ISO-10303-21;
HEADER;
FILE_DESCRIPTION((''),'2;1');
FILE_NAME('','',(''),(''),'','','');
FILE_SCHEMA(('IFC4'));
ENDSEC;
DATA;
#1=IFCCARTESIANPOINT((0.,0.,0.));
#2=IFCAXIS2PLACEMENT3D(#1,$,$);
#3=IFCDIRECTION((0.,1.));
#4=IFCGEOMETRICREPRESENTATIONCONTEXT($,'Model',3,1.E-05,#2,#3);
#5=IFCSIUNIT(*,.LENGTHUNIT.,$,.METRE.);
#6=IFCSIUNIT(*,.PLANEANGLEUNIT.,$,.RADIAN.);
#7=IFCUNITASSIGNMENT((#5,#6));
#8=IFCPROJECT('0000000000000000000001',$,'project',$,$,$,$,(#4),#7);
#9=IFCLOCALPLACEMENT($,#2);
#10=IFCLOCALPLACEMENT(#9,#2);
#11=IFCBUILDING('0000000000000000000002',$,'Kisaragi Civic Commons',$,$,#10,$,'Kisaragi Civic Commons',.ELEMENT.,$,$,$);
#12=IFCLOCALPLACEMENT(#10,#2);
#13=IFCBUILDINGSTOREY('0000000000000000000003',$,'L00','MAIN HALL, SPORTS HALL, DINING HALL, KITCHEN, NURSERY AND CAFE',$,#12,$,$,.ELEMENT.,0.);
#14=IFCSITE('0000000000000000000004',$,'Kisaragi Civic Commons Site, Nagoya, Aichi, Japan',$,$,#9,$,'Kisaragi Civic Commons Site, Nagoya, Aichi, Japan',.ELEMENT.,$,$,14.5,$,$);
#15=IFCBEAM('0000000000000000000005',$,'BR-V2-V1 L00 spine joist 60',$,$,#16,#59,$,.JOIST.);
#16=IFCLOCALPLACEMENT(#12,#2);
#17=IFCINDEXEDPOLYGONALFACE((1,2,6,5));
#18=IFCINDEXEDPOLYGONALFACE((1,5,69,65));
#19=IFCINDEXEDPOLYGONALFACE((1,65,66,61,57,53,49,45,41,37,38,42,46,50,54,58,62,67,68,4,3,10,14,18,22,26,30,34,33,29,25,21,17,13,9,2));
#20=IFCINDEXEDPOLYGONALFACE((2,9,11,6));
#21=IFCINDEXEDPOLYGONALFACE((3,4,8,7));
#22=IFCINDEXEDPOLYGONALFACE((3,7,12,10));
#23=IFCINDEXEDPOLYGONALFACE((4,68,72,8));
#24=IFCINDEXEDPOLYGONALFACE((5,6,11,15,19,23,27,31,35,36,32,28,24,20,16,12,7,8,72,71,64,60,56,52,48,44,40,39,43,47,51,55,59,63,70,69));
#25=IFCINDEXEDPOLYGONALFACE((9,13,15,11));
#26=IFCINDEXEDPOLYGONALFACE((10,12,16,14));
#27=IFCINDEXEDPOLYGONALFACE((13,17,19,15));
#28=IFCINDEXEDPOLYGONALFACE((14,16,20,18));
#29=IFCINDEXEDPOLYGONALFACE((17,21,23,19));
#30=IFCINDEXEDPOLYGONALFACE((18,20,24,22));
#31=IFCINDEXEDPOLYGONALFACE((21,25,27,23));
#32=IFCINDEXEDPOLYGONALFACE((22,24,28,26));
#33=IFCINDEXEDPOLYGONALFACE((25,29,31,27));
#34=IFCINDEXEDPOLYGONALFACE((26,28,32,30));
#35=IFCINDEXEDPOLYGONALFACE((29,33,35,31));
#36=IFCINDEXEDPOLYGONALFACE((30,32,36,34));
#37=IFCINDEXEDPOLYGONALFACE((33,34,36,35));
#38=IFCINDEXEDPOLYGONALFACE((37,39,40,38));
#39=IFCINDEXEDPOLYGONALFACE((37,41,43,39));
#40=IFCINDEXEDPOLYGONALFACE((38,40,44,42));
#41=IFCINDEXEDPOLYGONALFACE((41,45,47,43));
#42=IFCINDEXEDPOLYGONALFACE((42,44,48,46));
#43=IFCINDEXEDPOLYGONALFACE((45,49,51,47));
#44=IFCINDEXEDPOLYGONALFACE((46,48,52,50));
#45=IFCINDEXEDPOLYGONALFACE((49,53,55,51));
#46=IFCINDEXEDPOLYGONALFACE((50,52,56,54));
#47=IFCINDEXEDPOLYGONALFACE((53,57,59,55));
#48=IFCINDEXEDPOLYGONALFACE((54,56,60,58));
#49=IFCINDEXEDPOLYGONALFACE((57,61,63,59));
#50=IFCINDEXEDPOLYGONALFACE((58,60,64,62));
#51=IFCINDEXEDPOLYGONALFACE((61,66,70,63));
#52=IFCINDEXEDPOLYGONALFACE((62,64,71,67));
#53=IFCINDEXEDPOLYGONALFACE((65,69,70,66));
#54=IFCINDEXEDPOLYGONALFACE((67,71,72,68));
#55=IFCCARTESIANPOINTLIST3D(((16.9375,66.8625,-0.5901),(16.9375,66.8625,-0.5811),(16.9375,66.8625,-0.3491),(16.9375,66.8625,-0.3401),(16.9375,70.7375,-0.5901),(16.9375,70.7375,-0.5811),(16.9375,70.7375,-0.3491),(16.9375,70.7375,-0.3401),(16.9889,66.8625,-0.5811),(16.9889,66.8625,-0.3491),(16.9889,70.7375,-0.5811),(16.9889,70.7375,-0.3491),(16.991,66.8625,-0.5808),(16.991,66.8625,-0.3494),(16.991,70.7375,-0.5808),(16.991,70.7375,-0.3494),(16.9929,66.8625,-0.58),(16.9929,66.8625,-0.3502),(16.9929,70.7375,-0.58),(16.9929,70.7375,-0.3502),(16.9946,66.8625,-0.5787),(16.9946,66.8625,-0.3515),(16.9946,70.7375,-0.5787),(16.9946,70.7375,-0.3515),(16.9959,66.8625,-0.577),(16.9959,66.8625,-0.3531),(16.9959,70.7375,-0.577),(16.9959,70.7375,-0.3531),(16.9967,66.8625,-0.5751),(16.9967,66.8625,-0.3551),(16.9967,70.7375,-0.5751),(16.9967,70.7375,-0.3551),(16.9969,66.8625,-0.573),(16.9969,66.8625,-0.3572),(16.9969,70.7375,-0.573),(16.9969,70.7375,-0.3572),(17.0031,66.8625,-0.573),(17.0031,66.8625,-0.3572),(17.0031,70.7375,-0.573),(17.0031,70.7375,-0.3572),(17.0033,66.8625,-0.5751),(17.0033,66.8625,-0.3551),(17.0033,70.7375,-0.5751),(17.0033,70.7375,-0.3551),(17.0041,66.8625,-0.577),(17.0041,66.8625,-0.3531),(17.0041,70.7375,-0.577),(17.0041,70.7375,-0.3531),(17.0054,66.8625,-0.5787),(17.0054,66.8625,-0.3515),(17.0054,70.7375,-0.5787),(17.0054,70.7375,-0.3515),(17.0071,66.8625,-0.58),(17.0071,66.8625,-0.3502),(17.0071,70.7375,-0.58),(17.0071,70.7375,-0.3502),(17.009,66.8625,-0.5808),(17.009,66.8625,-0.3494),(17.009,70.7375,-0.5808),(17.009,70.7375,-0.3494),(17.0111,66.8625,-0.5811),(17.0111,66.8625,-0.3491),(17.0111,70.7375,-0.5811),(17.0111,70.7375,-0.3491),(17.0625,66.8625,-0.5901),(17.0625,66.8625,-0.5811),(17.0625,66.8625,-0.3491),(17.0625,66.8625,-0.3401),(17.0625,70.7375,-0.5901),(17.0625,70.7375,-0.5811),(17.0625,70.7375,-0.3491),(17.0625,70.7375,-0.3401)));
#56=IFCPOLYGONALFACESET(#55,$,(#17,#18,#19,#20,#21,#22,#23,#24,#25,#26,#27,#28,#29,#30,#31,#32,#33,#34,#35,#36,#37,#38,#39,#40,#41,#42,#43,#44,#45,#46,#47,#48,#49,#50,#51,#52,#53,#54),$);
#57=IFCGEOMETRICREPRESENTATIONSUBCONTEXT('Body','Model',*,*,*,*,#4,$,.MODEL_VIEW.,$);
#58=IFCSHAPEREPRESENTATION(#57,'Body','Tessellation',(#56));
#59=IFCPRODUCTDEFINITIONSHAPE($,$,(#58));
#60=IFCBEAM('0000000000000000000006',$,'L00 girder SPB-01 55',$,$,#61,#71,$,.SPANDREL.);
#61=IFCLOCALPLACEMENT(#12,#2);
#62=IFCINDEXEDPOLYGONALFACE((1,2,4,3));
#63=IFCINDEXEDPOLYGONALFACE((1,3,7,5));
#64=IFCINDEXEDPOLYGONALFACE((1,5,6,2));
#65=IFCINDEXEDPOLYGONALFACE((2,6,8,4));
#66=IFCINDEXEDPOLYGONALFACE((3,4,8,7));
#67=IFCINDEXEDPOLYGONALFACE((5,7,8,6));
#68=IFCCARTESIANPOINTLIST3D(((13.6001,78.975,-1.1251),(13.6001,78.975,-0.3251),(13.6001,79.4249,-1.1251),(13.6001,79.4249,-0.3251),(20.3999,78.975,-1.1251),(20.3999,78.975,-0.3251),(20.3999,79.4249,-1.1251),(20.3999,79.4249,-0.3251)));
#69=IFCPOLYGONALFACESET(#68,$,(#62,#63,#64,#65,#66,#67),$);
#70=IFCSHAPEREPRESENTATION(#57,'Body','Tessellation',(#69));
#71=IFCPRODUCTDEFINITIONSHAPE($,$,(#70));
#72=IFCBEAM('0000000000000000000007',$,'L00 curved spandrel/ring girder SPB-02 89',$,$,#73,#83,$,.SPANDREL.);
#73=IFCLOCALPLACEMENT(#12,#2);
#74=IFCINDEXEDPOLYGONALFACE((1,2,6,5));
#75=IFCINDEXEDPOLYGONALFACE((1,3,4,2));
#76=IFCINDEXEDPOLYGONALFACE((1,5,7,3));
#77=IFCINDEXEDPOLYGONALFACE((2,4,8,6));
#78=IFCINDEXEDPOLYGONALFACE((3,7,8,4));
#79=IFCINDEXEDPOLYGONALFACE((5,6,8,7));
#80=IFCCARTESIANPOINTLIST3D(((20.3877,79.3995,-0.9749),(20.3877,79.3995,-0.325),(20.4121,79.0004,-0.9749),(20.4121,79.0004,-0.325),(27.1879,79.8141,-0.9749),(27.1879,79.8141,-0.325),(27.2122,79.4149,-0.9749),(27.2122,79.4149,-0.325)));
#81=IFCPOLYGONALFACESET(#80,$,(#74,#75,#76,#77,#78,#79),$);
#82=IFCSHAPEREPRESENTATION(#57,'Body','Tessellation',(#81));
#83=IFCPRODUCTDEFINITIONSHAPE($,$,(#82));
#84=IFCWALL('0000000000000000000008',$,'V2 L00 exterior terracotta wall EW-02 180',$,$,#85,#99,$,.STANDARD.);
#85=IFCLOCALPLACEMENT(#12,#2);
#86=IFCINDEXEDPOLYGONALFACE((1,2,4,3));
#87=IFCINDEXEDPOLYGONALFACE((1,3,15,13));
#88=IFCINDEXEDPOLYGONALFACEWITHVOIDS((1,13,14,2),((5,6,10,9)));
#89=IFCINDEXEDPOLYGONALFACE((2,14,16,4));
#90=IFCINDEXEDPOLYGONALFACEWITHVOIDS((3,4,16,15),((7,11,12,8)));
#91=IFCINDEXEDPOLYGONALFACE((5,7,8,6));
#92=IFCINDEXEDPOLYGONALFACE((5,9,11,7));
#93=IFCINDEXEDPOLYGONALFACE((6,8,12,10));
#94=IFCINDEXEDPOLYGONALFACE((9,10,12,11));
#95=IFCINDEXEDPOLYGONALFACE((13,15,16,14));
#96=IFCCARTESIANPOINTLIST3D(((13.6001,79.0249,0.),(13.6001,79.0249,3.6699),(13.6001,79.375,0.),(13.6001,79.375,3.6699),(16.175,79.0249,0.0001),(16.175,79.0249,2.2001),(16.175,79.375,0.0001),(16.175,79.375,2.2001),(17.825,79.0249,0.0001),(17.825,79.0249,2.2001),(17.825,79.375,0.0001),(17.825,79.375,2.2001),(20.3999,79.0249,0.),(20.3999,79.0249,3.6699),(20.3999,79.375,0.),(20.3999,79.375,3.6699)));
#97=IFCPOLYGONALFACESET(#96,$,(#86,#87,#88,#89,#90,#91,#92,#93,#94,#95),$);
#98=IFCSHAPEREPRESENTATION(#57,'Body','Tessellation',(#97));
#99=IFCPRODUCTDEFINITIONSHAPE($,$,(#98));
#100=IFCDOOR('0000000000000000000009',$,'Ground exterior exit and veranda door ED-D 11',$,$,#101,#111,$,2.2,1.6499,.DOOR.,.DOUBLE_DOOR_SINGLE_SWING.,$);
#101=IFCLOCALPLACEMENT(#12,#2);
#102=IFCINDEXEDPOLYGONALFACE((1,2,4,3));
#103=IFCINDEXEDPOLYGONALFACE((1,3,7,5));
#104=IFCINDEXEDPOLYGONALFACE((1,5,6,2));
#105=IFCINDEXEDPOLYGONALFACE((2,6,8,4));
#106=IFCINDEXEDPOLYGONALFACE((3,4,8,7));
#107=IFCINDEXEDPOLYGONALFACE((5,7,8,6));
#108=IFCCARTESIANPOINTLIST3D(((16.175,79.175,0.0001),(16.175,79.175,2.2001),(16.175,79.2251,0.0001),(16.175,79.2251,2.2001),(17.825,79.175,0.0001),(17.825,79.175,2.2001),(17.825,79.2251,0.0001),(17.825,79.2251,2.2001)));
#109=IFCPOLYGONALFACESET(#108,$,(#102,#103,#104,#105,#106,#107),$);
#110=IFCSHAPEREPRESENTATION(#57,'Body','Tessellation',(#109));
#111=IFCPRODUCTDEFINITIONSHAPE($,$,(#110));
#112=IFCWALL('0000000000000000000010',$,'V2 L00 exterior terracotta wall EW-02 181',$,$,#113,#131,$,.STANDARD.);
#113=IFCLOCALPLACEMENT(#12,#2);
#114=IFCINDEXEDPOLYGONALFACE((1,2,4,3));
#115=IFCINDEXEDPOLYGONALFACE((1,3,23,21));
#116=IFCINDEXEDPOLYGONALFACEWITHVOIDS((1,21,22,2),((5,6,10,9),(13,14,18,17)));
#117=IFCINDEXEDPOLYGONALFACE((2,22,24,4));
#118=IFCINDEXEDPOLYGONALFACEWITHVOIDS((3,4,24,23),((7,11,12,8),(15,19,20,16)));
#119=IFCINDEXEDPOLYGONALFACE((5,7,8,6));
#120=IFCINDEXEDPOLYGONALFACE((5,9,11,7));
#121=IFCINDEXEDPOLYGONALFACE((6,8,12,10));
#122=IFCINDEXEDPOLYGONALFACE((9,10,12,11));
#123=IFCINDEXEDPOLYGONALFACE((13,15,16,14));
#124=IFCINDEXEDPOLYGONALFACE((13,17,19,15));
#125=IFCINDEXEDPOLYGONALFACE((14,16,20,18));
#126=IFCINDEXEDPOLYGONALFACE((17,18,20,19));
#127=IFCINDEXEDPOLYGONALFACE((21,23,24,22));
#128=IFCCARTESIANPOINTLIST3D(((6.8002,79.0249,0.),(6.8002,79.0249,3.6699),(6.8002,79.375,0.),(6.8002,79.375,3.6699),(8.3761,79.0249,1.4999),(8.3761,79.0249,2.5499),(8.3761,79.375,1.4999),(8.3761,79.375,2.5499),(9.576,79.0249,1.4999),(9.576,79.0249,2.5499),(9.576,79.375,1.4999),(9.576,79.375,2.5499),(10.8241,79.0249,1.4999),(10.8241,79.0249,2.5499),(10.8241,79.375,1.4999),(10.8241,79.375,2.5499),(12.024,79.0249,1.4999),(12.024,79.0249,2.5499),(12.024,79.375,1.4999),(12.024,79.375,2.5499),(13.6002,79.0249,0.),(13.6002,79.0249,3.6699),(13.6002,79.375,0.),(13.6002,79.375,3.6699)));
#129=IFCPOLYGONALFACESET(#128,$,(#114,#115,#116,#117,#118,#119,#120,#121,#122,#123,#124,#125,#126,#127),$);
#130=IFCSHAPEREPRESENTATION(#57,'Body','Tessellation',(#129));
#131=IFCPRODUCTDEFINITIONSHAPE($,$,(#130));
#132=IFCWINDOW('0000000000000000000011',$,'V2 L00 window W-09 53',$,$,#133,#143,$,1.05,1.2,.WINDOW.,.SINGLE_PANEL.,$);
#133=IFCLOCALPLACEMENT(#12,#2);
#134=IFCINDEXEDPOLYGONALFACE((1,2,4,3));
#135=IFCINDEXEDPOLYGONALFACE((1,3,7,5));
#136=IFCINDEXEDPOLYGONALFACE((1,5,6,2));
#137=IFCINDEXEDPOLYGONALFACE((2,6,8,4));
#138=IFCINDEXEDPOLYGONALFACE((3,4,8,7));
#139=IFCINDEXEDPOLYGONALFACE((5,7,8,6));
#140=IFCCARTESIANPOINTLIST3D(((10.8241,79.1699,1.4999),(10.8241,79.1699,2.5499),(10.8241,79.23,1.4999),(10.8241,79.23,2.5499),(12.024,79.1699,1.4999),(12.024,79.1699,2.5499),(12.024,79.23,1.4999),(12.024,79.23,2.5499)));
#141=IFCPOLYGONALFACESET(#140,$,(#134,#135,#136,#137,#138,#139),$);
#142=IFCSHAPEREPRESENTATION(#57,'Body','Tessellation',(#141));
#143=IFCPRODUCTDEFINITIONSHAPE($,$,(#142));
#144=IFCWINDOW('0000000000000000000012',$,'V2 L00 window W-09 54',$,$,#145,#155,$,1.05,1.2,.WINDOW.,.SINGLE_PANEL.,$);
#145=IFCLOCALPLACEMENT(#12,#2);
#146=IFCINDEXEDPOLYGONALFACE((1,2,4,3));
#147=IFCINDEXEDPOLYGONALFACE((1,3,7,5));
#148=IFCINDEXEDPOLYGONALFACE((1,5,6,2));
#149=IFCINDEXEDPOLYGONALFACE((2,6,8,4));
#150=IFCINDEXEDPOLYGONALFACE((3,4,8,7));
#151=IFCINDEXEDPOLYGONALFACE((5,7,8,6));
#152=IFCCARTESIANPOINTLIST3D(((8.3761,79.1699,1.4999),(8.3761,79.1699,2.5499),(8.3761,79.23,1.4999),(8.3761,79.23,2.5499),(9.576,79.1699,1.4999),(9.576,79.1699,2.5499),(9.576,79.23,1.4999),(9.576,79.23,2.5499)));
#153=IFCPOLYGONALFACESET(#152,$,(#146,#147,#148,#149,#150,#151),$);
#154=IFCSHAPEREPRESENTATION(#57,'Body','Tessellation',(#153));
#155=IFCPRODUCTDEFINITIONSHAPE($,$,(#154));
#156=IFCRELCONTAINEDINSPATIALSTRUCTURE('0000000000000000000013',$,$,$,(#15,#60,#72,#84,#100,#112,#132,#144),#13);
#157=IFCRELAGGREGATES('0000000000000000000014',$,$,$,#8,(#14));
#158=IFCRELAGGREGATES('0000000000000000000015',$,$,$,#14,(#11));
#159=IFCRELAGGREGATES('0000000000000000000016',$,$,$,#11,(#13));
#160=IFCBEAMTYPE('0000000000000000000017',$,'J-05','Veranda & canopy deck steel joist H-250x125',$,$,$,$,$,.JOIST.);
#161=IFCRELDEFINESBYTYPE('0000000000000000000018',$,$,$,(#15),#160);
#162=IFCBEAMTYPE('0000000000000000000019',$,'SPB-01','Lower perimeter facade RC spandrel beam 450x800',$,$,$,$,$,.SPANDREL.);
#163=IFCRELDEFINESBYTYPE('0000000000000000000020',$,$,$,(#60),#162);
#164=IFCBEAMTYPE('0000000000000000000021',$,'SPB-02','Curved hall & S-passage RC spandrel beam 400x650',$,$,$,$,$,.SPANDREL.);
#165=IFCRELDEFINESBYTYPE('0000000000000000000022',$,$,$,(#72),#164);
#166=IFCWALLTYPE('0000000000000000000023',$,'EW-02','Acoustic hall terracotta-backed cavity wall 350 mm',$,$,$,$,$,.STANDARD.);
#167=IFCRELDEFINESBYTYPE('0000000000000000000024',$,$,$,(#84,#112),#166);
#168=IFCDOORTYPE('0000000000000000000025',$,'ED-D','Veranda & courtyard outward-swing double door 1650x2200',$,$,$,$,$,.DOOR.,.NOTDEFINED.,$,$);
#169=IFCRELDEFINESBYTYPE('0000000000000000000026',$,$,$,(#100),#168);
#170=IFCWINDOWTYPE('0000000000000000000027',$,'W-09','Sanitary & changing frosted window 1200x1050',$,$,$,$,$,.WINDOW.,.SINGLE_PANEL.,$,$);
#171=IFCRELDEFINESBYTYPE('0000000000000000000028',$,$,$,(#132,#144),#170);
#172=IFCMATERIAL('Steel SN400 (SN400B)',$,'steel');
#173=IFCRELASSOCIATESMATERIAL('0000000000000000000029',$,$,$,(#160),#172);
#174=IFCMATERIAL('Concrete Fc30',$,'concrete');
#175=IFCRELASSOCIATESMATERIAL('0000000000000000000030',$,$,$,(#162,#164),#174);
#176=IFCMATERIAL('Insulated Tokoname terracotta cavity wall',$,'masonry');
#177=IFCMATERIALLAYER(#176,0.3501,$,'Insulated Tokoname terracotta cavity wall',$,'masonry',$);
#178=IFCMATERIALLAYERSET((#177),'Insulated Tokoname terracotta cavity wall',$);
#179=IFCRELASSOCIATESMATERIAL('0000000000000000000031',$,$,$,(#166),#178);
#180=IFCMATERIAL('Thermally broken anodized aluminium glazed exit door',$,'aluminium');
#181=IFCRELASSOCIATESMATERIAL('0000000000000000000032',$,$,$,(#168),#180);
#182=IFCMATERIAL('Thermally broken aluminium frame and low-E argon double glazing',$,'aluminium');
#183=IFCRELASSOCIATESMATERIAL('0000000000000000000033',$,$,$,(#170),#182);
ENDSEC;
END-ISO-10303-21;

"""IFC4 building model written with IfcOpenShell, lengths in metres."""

from ifc_helpers import new_model, si_unit, direction, frame, frame_2d, origin, origin_2d, place, context, subcontext, project, spatial, rectangle, i_section, extrude, material, layer, layer_set, material_profile, profile_set, type_object, element, fill, save


model = new_model("IFC4")

# Units and contexts
model_context = context("Model", 3, precision=1e-05, world=origin(), true_north=direction((0.0, 1.0)))
body_context = subcontext(model_context, "Body", "Model", "MODEL_VIEW")
ifc_project = project(units=[si_unit("LENGTHUNIT", "METRE"), si_unit("PLANEANGLEUNIT", "RADIAN")], contexts=[model_context])

# Site, building, storey
site_placement = place(None, origin())
site = spatial("IfcSite", under=ifc_project, at=site_placement, Name="Kisaragi Civic Commons Site, Nagoya, Aichi, Japan", LongName="Kisaragi Civic Commons Site, Nagoya, Aichi, Japan", CompositionType="ELEMENT", RefElevation=14.5)
building_placement = place(site_placement, origin())
building = spatial("IfcBuilding", under=site, at=building_placement, Name="Kisaragi Civic Commons", LongName="Kisaragi Civic Commons", CompositionType="ELEMENT")
storey_placement = place(building_placement, origin())
storey = spatial("IfcBuildingStorey", under=building, at=storey_placement, Name="L00", Description="MAIN HALL, SPORTS HALL, DINING HALL, KITCHEN, NURSERY AND CAFE", CompositionType="ELEMENT", Elevation=0.0)

# Shared definitions
ifc_material_1 = material(Name="Concrete Fc30", Category="concrete")

# Beams
ifc_material_2 = material(Name="Steel SN400 (SN400B)", Category="steel")
ifc_material_profile_1 = material_profile(ifc_material_2, i_section(OverallWidth=0.125, OverallDepth=0.25, WebThickness=0.0061, FlangeThickness=0.009, FilletRadius=0.0081, at=origin_2d()), Name="H-250x125x6x9", Category="steel")
ifc_profile_set_1 = profile_set([ifc_material_profile_1], Name="Steel SN400 (SN400B)")
beam_type_1 = type_object("IfcBeamType", Name="J-05", Description="Veranda & canopy deck steel joist H-250x125", PredefinedType="JOIST", material=ifc_profile_set_1)
beam_1_placement = place(storey_placement, frame((17.0, 70.7375, -0.4651), z_axis=(0.0, -1.0, 0.0), x_axis=(1.0, 0.0, 0.0)))
element("IfcBeam", 1, at=beam_1_placement, inside=storey, type_object=beam_type_1, Name="BR-V2-V1 L00 spine joist 60", PredefinedType="JOIST", context=body_context, shape_type="SweptSolid", body=[
    extrude(i_section(OverallWidth=0.125, OverallDepth=0.25, WebThickness=0.0061, FlangeThickness=0.009, FilletRadius=0.0081, at=origin_2d()), origin(), (0.0, 0.0, 1.0), 3.875),
])
ifc_material_profile_2 = material_profile(ifc_material_1, rectangle(XDim=0.45, YDim=0.8, at=origin_2d()), Name="RC-450x800", Category="concrete")
ifc_profile_set_2 = profile_set([ifc_material_profile_2], Name="Concrete Fc30")
beam_type_2 = type_object("IfcBeamType", Name="SPB-01", Description="Lower perimeter facade RC spandrel beam 450x800", PredefinedType="SPANDREL", material=ifc_profile_set_2)
beam_2_placement = place(storey_placement, frame((13.6001, 79.2, -0.7251), z_axis=(1.0, 0.0, 0.0), x_axis=(0.0, 1.0, 0.0)))
element("IfcBeam", 2, at=beam_2_placement, inside=storey, type_object=beam_type_2, Name="L00 girder SPB-01 55", PredefinedType="SPANDREL", context=body_context, shape_type="SweptSolid", body=[
    extrude(rectangle(XDim=0.45, YDim=0.8, at=origin_2d()), origin(), (0.0, 0.0, 1.0), 6.7998),
])
ifc_material_profile_3 = material_profile(ifc_material_1, rectangle(XDim=0.3999, YDim=0.6499, at=origin_2d()), Name="RC-400x650", Category="concrete")
ifc_profile_set_3 = profile_set([ifc_material_profile_3], Name="Concrete Fc30")
beam_type_3 = type_object("IfcBeamType", Name="SPB-02", Description="Curved hall & S-passage RC spandrel beam 400x650", PredefinedType="SPANDREL", material=ifc_profile_set_3)
beam_3_placement = place(storey_placement, frame((20.3999, 79.2, -0.6499), z_axis=(0.998147, 0.06085, 0.0), x_axis=(-0.06085, 0.998147, 0.0)))
element("IfcBeam", 3, at=beam_3_placement, inside=storey, type_object=beam_type_3, Name="L00 curved spandrel/ring girder SPB-02 89", PredefinedType="SPANDREL", context=body_context, shape_type="SweptSolid", body=[
    extrude(rectangle(XDim=0.3999, YDim=0.6499, at=origin_2d()), origin(), (0.0, 0.0, 1.0), 6.8127),
])

# Wall, opening, door
ifc_material_3 = material(Name="Insulated Tokoname terracotta cavity wall", Category="masonry")
ifc_layer = layer(ifc_material_3, 0.3501, Name="Insulated Tokoname terracotta cavity wall", Category="masonry")
ifc_layer_set = layer_set([ifc_layer], Name="Insulated Tokoname terracotta cavity wall")
wall_type = type_object("IfcWallType", Name="EW-02", Description="Acoustic hall terracotta-backed cavity wall 350 mm", PredefinedType="STANDARD", material=ifc_layer_set)
wall_1_placement = place(storey_placement, frame((20.3999, 79.2, 0.0), z_axis=(0.0, 0.0, 1.0), x_axis=(-1.0, 0.0, 0.0)))
wall_1 = element("IfcWall", 4, at=wall_1_placement, inside=storey, type_object=wall_type, Name="V2 L00 exterior terracotta wall EW-02 180", PredefinedType="STANDARD", context=body_context, shape_type="SweptSolid", body=[
    extrude(rectangle(XDim=6.7998, YDim=0.3501, at=frame_2d((3.3999, 0.0))), origin(), (0.0, 0.0, 1.0), 3.6699),
])
opening_1_placement = place(wall_1_placement, frame((2.575, 0.0, 0.0)))
opening_1 = element("IfcOpeningElement", 5, at=opening_1_placement, cuts=wall_1, PredefinedType="OPENING", context=body_context, shape_type="SweptSolid", body=[
    extrude(rectangle(XDim=1.6499, YDim=2.2, at=frame_2d((0.825, 1.1001))), frame((0.0, 0.1851, 0.0), z_axis=(0.0, -1.0, 0.0), x_axis=(1.0, 0.0, 0.0)), (0.0, 0.0, 1.0), 0.3701),
])
ifc_material_4 = material(Name="Thermally broken anodized aluminium glazed exit door", Category="aluminium")
door_type = type_object("IfcDoorType", Name="ED-D", Description="Veranda & courtyard outward-swing double door 1650x2200", OperationType="NOTDEFINED", PredefinedType="DOOR", material=ifc_material_4)
door_placement = place(opening_1_placement, origin())
door = element("IfcDoor", 6, at=door_placement, inside=storey, type_object=door_type, Name="Ground exterior exit and veranda door ED-D 11", OperationType="DOUBLE_DOOR_SINGLE_SWING", OverallHeight=2.2, OverallWidth=1.6499, PredefinedType="DOOR", context=body_context, shape_type="SweptSolid", body=[
    extrude(rectangle(XDim=1.6499, YDim=2.2, at=frame_2d((0.825, 1.1001))), frame((0.0, 0.0249, 0.0), z_axis=(0.0, -1.0, 0.0), x_axis=(1.0, 0.0, 0.0)), (0.0, 0.0, 1.0), 0.05),
])
fill(opening_1, door)

# Wall, openings, windows
wall_2_placement = place(storey_placement, frame((13.6001, 79.2, 0.0), z_axis=(0.0, 0.0, 1.0), x_axis=(-1.0, 0.0, 0.0)))
wall_2 = element("IfcWall", 7, at=wall_2_placement, inside=storey, type_object=wall_type, Name="V2 L00 exterior terracotta wall EW-02 181", PredefinedType="STANDARD", context=body_context, shape_type="SweptSolid", body=[
    extrude(rectangle(XDim=6.8, YDim=0.3501, at=frame_2d((3.3999, 0.0))), origin(), (0.0, 0.0, 1.0), 3.6699),
])
opening_2_placement = place(wall_2_placement, frame((1.5759, 0.0, 1.5)))
opening_2 = element("IfcOpeningElement", 8, at=opening_2_placement, cuts=wall_2, PredefinedType="OPENING", context=body_context, shape_type="SweptSolid", body=[
    extrude(rectangle(XDim=1.2, YDim=1.05, at=frame_2d((0.6001, 0.5249))), frame((0.0, 0.1851, 0.0), z_axis=(0.0, -1.0, 0.0), x_axis=(1.0, 0.0, 0.0)), (0.0, 0.0, 1.0), 0.3701),
])
opening_3_placement = place(wall_2_placement, frame((4.0239, 0.0, 1.5)))
opening_3 = element("IfcOpeningElement", 9, at=opening_3_placement, cuts=wall_2, PredefinedType="OPENING", context=body_context, shape_type="SweptSolid", body=[
    extrude(rectangle(XDim=1.2, YDim=1.05, at=frame_2d((0.6001, 0.5249))), frame((0.0, 0.1851, 0.0), z_axis=(0.0, -1.0, 0.0), x_axis=(1.0, 0.0, 0.0)), (0.0, 0.0, 1.0), 0.3701),
])
ifc_material_5 = material(Name="Thermally broken aluminium frame and low-E argon double glazing", Category="aluminium")
window_type = type_object("IfcWindowType", Name="W-09", Description="Sanitary & changing frosted window 1200x1050", PartitioningType="SINGLE_PANEL", PredefinedType="WINDOW", material=ifc_material_5)
window_1_placement = place(opening_2_placement, origin())
window_1 = element("IfcWindow", 10, at=window_1_placement, inside=storey, type_object=window_type, Name="V2 L00 window W-09 53", OverallHeight=1.05, OverallWidth=1.2, PartitioningType="SINGLE_PANEL", PredefinedType="WINDOW", context=body_context, shape_type="SweptSolid", body=[
    extrude(rectangle(XDim=1.2, YDim=1.05, at=frame_2d((0.6001, 0.5249))), frame((0.0, 0.03, 0.0), z_axis=(0.0, -1.0, 0.0), x_axis=(1.0, 0.0, 0.0)), (0.0, 0.0, 1.0), 0.0601),
])
fill(opening_2, window_1)
window_2_placement = place(opening_3_placement, origin())
window_2 = element("IfcWindow", 11, at=window_2_placement, inside=storey, type_object=window_type, Name="V2 L00 window W-09 54", OverallHeight=1.05, OverallWidth=1.2, PartitioningType="SINGLE_PANEL", PredefinedType="WINDOW", context=body_context, shape_type="SweptSolid", body=[
    extrude(rectangle(XDim=1.2, YDim=1.05, at=frame_2d((0.6001, 0.5249))), frame((0.0, 0.03, 0.0), z_axis=(0.0, -1.0, 0.0), x_axis=(1.0, 0.0, 0.0)), (0.0, 0.0, 1.0), 0.0601),
])
fill(opening_3, window_2)

save(model, "model.ifc")
